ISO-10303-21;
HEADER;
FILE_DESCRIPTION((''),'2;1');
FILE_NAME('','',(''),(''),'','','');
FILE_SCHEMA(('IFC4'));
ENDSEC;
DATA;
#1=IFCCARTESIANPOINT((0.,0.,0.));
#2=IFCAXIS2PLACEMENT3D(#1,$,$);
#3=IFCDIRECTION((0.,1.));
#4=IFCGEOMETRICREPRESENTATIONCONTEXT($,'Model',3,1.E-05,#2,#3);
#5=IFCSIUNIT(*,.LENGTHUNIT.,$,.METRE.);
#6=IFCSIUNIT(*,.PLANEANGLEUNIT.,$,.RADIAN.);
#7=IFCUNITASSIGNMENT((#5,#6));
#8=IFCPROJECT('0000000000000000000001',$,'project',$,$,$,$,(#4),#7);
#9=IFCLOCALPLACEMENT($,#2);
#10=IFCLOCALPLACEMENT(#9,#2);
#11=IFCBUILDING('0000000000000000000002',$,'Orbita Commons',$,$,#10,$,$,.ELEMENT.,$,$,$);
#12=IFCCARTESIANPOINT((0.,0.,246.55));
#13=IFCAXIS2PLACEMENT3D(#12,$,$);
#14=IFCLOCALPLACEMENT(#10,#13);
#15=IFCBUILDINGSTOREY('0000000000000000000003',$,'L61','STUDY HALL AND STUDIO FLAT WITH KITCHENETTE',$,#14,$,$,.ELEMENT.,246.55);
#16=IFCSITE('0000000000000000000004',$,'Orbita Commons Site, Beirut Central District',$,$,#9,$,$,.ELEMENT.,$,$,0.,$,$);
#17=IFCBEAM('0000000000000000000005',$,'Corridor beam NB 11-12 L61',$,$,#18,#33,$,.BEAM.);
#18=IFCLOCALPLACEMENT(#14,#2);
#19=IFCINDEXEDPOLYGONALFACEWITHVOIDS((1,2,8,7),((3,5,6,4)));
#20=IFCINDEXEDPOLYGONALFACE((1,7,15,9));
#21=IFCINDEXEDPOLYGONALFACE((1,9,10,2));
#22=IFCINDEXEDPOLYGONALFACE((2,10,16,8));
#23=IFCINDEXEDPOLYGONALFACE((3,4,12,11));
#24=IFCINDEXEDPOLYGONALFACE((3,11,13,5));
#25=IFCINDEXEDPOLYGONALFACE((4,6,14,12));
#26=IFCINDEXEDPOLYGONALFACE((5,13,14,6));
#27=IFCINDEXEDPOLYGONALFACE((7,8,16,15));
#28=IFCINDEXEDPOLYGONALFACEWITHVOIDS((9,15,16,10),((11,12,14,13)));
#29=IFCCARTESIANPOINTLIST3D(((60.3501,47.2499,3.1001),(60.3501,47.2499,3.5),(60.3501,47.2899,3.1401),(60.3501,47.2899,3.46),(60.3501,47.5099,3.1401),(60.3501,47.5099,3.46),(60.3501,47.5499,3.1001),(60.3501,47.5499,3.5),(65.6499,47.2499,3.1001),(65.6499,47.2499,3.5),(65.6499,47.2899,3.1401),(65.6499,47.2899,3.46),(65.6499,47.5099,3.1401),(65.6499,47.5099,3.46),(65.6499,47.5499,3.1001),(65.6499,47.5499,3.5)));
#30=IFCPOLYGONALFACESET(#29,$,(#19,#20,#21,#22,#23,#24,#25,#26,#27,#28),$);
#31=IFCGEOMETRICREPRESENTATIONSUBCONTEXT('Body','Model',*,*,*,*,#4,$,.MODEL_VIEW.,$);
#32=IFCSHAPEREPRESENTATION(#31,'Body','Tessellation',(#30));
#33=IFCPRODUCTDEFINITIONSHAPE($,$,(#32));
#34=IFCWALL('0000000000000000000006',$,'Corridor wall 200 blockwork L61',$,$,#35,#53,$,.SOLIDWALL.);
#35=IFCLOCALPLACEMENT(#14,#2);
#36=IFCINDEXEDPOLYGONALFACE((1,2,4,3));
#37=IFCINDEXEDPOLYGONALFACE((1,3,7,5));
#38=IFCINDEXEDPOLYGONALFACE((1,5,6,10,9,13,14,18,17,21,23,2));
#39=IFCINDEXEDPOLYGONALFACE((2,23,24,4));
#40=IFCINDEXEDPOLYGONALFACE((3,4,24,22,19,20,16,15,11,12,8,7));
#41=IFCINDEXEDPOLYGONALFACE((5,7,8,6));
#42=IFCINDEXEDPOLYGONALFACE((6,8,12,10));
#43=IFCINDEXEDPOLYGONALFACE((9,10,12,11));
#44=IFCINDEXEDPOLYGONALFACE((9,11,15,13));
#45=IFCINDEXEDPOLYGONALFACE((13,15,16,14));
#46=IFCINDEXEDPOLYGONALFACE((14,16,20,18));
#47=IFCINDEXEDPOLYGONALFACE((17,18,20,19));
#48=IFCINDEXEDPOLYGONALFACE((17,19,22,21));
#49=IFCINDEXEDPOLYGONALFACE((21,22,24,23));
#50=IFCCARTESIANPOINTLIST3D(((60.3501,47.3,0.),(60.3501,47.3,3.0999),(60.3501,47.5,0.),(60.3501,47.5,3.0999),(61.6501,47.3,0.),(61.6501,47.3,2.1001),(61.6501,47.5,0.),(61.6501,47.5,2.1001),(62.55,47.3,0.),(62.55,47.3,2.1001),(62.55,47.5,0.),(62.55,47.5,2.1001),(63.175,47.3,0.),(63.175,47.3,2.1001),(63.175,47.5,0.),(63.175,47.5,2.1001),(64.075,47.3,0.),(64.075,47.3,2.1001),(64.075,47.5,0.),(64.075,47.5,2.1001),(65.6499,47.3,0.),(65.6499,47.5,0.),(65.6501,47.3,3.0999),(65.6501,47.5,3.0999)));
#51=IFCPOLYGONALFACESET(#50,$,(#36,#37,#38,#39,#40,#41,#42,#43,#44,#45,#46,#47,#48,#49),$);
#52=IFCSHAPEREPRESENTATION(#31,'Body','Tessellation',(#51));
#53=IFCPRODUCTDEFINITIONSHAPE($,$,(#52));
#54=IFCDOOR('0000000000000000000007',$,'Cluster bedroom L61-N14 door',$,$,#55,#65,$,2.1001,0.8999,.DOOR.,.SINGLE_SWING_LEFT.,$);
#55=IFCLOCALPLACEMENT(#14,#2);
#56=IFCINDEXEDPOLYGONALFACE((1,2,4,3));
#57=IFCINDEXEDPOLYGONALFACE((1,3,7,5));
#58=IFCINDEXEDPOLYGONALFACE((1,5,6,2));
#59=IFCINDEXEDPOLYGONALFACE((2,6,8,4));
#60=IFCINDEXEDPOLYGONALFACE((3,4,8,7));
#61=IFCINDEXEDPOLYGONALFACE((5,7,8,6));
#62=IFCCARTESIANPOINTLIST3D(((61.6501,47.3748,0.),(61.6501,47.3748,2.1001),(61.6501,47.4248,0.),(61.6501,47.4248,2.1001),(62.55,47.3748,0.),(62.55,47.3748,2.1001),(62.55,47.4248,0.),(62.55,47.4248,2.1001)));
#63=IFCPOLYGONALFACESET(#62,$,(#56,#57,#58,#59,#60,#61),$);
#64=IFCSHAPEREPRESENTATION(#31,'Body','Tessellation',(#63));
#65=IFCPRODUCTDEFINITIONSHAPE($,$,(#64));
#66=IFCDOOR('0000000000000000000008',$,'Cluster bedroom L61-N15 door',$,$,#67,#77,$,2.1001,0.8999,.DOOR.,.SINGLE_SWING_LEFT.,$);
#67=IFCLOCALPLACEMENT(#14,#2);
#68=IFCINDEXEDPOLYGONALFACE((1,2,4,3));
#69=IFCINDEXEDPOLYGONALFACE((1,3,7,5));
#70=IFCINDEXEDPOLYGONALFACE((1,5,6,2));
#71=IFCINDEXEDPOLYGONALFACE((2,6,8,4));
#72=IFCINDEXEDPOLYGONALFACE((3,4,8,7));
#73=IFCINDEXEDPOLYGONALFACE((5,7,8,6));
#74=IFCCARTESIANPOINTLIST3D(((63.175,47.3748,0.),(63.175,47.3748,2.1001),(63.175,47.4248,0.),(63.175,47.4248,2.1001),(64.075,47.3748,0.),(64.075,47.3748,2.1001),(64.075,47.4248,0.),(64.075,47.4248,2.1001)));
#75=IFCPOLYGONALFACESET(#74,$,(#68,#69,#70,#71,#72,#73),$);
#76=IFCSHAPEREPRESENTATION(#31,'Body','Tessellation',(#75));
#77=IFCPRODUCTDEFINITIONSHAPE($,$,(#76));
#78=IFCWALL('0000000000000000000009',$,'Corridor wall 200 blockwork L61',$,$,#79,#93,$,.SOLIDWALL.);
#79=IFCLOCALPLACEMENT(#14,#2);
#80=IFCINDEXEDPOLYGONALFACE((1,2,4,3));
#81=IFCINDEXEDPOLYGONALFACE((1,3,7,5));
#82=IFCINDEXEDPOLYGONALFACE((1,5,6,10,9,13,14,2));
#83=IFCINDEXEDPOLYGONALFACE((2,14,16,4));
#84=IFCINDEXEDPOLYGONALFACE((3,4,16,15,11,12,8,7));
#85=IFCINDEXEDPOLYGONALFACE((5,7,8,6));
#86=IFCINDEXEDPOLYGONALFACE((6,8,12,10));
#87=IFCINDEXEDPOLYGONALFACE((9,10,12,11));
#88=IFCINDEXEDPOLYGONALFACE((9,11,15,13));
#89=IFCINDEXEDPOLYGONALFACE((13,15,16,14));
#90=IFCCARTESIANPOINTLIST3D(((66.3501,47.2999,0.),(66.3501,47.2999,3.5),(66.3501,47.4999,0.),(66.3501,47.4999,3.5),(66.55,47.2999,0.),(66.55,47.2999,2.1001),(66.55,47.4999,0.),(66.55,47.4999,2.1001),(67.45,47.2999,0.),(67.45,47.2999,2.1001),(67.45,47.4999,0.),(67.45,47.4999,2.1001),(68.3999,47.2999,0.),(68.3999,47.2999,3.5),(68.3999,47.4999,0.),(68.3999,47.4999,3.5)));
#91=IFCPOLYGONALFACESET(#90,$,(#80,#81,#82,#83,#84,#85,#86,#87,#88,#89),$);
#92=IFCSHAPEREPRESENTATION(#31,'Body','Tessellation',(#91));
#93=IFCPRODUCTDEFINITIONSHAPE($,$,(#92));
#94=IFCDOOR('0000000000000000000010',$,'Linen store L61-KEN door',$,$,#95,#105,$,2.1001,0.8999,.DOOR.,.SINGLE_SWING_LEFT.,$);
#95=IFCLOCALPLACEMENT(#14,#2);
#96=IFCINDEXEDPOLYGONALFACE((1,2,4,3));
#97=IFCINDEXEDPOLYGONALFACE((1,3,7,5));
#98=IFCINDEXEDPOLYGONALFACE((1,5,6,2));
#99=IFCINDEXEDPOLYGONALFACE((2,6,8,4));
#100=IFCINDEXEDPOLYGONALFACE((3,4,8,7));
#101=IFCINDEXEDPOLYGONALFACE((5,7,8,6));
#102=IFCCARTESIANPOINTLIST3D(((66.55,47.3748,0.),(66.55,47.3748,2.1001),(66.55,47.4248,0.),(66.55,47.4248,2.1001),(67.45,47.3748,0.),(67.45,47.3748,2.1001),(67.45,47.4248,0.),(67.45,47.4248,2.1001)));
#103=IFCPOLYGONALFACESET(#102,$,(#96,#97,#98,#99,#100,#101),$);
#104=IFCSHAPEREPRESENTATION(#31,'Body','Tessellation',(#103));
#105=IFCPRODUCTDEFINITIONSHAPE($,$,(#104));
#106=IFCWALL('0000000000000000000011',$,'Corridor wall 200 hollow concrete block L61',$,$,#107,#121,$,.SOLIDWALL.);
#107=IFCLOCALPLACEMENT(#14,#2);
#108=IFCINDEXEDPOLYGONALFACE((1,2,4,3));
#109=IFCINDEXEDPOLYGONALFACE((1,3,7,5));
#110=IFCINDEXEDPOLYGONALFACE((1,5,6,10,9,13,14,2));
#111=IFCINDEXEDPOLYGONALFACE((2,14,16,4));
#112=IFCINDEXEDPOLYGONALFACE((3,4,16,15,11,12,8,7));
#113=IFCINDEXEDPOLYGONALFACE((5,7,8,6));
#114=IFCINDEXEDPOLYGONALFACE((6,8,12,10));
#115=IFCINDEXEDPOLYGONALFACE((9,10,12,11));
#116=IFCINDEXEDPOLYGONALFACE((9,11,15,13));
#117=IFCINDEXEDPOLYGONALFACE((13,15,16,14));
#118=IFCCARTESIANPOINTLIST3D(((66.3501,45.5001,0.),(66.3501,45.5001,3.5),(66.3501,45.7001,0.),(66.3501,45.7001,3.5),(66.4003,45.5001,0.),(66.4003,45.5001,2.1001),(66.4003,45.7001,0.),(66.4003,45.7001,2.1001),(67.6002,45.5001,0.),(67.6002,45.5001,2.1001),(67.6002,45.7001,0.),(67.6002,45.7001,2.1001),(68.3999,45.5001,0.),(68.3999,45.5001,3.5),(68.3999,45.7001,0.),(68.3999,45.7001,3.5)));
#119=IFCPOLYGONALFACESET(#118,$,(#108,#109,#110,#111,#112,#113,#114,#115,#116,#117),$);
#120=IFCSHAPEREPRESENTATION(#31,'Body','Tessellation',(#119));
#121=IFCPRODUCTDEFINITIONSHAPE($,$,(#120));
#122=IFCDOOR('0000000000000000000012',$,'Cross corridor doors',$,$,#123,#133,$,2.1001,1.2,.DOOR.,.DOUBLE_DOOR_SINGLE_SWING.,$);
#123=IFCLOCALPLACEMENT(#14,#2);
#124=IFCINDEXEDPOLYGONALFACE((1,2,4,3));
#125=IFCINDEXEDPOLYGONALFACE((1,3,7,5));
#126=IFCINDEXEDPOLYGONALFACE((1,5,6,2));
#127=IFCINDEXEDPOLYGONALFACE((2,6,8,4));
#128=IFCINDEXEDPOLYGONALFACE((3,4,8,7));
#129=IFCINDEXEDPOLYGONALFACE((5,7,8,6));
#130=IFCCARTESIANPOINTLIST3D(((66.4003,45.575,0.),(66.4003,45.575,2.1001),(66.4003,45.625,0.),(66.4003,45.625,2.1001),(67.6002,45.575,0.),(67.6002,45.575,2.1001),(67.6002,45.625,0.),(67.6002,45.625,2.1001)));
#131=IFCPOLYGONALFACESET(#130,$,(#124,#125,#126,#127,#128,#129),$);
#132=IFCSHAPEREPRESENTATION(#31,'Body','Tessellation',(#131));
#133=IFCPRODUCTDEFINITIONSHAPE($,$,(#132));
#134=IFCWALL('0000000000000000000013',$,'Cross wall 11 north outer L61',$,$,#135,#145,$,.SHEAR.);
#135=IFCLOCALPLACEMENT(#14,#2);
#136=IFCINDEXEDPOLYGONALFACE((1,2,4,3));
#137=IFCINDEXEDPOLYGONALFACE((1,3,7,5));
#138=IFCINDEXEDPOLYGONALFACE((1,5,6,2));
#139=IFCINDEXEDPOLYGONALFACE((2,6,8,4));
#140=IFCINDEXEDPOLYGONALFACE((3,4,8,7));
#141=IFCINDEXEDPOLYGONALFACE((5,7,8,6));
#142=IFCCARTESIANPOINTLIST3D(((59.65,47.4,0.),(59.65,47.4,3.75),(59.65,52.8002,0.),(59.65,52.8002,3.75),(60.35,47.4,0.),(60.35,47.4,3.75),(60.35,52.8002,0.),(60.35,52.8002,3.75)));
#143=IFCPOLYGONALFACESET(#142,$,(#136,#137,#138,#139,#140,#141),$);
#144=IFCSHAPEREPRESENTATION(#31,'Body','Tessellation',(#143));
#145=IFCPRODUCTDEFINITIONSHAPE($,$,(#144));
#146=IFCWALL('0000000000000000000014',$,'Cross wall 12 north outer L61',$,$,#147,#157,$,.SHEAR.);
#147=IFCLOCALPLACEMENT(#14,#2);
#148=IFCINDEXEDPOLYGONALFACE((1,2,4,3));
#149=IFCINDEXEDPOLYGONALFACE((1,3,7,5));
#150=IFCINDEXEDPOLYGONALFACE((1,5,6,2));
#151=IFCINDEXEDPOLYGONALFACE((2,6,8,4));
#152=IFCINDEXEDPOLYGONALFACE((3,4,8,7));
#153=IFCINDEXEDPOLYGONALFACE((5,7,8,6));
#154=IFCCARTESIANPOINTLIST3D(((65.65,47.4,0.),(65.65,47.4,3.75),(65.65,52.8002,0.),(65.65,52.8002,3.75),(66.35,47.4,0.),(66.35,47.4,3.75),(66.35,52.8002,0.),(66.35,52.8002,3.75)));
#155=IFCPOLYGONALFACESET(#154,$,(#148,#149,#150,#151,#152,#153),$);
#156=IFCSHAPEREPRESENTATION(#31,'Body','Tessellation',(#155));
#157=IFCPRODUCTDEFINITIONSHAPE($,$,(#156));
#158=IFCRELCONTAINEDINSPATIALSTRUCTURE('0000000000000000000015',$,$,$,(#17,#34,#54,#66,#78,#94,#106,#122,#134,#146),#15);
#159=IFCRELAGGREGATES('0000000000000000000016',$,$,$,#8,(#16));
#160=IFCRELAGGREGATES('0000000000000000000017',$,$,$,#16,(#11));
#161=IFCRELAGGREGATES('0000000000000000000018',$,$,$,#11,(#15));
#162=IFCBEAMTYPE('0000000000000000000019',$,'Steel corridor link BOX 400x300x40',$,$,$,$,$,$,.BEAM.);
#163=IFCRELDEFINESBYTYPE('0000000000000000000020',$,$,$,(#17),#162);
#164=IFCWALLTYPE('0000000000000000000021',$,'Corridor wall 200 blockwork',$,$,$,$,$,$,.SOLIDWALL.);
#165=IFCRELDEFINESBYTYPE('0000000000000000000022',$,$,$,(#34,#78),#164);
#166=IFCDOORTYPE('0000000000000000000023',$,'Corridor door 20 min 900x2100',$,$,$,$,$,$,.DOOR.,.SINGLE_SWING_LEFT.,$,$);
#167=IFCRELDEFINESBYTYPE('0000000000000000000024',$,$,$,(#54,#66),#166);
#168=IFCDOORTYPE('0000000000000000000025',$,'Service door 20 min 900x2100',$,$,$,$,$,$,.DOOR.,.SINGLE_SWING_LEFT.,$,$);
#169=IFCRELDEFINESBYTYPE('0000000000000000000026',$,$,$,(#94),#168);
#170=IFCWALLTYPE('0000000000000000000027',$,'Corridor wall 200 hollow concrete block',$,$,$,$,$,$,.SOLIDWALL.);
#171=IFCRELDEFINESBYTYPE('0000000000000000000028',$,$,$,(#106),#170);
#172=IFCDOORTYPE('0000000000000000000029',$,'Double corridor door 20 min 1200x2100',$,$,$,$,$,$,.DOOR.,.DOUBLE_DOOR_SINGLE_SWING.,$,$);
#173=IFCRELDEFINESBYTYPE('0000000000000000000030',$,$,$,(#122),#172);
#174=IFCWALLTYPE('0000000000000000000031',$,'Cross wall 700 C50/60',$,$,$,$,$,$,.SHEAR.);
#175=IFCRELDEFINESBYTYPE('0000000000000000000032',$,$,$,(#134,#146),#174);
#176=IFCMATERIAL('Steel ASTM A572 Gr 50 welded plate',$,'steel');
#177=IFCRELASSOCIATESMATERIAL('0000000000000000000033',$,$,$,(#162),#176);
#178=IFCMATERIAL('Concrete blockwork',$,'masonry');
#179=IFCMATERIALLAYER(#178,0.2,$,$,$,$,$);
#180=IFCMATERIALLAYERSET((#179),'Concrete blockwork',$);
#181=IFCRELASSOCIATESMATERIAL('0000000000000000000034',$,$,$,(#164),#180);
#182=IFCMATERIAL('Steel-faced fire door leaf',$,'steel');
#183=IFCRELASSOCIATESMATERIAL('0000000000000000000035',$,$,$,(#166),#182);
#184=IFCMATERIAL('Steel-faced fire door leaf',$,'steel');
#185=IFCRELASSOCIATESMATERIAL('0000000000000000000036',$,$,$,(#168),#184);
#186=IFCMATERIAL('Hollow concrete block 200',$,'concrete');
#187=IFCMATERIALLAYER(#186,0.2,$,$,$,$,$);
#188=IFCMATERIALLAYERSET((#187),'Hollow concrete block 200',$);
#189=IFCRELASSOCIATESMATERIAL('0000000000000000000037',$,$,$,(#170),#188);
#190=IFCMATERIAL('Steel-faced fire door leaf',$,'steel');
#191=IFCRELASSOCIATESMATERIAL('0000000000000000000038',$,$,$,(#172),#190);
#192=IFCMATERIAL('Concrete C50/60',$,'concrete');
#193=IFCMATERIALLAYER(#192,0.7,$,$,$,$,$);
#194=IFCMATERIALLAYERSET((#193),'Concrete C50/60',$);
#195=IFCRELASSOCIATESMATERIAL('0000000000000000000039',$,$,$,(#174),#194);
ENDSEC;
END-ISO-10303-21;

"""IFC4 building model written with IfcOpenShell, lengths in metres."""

from ifc_helpers import new_model, si_unit, direction, frame, frame_2d, origin, origin_2d, place, context, subcontext, project, spatial, polyline, rectangle, hollow_rectangle, outline, extrude, material, layer, layer_set, material_profile, profile_set, type_object, element, fill, save


model = new_model("IFC4")

# Units and contexts
model_context = context("Model", 3, precision=1e-05, world=origin(), true_north=direction((0.0, 1.0)))
body_context = subcontext(model_context, "Body", "Model", "MODEL_VIEW")
ifc_project = project(units=[si_unit("LENGTHUNIT", "METRE"), si_unit("PLANEANGLEUNIT", "RADIAN")], contexts=[model_context])

# Site, building, storey
site_placement = place(None, origin())
site = spatial("IfcSite", under=ifc_project, at=site_placement, Name="Orbita Commons Site, Beirut Central District", CompositionType="ELEMENT", RefElevation=0.0)
building_placement = place(site_placement, origin())
building = spatial("IfcBuilding", under=site, at=building_placement, Name="Orbita Commons", CompositionType="ELEMENT")
storey_placement = place(building_placement, frame((0.0, 0.0, 246.55)))
storey = spatial("IfcBuildingStorey", under=building, at=storey_placement, Name="L61", Description="STUDY HALL AND STUDIO FLAT WITH KITCHENETTE", CompositionType="ELEMENT", Elevation=246.55)

# Beam
ifc_material_1 = material(Name="Steel ASTM A572 Gr 50 welded plate", Category="steel")
ifc_material_profile = material_profile(ifc_material_1, hollow_rectangle(XDim=0.3, YDim=0.3999, WallThickness=0.04, at=origin_2d()), Name="BOX 400x300x40")
ifc_profile_set = profile_set([ifc_material_profile], Name="Steel ASTM A572 Gr 50 welded plate")
beam_type = type_object("IfcBeamType", Name="Steel corridor link BOX 400x300x40", PredefinedType="BEAM", material=ifc_profile_set)
beam_placement = place(storey_placement, frame((60.3501, 47.3999, 3.3), z_axis=(1.0, 0.0, 0.0), x_axis=(0.0, 1.0, 0.0)))
element("IfcBeam", 1, at=beam_placement, inside=storey, type_object=beam_type, Name="Corridor beam NB 11-12 L61", PredefinedType="BEAM", context=body_context, shape_type="SweptSolid", body=[
    extrude(hollow_rectangle(XDim=0.3, YDim=0.3999, WallThickness=0.04, at=origin_2d()), origin(), (0.0, 0.0, 1.0), 5.2998),
])

# Wall, openings, doors
ifc_material_2 = material(Name="Concrete blockwork", Category="masonry")
ifc_layer_1 = layer(ifc_material_2, 0.2)
ifc_layer_set_1 = layer_set([ifc_layer_1], Name="Concrete blockwork")
wall_type_1 = type_object("IfcWallType", Name="Corridor wall 200 blockwork", PredefinedType="SOLIDWALL", material=ifc_layer_set_1)
wall_1_placement = place(storey_placement, frame((60.3501, 47.3999, 0.0), z_axis=(0.0, 0.0, 1.0), x_axis=(1.0, 0.0, 0.0)))
wall_1 = element("IfcWall", 2, at=wall_1_placement, inside=storey, type_object=wall_type_1, Name="Corridor wall 200 blockwork L61", PredefinedType="SOLIDWALL", context=body_context, shape_type="SweptSolid", body=[
    extrude(outline(polyline([(0.0, 0.0), (5.2998, 0.0), (5.3, 3.0999), (0.0, 3.0999), (0.0, 0.0)])), frame((0.0, 0.1001, 0.0), z_axis=(0.0, -1.0, 0.0), x_axis=(1.0, 0.0, 0.0)), (0.0, 0.0, 1.0), 0.2),
])
opening_1_placement = place(wall_1_placement, frame((1.3, 0.0, 0.0)))
opening_1 = element("IfcOpeningElement", 3, at=opening_1_placement, cuts=wall_1, PredefinedType="OPENING", context=body_context, shape_type="SweptSolid", body=[
    extrude(rectangle(XDim=0.8999, YDim=2.1001, at=frame_2d((0.45, 1.05))), frame((0.0, 0.1099, 0.0), z_axis=(0.0, -1.0, 0.0), x_axis=(1.0, 0.0, 0.0)), (0.0, 0.0, 1.0), 0.22),
])
opening_2_placement = place(wall_1_placement, frame((2.825, 0.0, 0.0)))
opening_2 = element("IfcOpeningElement", 4, at=opening_2_placement, cuts=wall_1, PredefinedType="OPENING", context=body_context, shape_type="SweptSolid", body=[
    extrude(rectangle(XDim=0.8999, YDim=2.1001, at=frame_2d((0.45, 1.05))), frame((0.0, 0.1099, 0.0), z_axis=(0.0, -1.0, 0.0), x_axis=(1.0, 0.0, 0.0)), (0.0, 0.0, 1.0), 0.22),
])
ifc_material_3 = material(Name="Steel-faced fire door leaf", Category="steel")
door_type_1 = type_object("IfcDoorType", Name="Corridor door 20 min 900x2100", OperationType="SINGLE_SWING_LEFT", PredefinedType="DOOR", material=ifc_material_3)
door_1_placement = place(opening_1_placement, origin())
door_1 = element("IfcDoor", 5, at=door_1_placement, inside=storey, type_object=door_type_1, Name="Cluster bedroom L61-N14 door", OperationType="SINGLE_SWING_LEFT", OverallHeight=2.1001, OverallWidth=0.8999, PredefinedType="DOOR", context=body_context, shape_type="SweptSolid", body=[
    extrude(rectangle(XDim=0.8999, YDim=2.1001, at=frame_2d((0.45, 1.05))), frame((0.0, 0.0249, 0.0), z_axis=(0.0, -1.0, 0.0), x_axis=(1.0, 0.0, 0.0)), (0.0, 0.0, 1.0), 0.05),
])
fill(opening_1, door_1)
door_2_placement = place(opening_2_placement, origin())
door_2 = element("IfcDoor", 6, at=door_2_placement, inside=storey, type_object=door_type_1, Name="Cluster bedroom L61-N15 door", OperationType="SINGLE_SWING_LEFT", OverallHeight=2.1001, OverallWidth=0.8999, PredefinedType="DOOR", context=body_context, shape_type="SweptSolid", body=[
    extrude(rectangle(XDim=0.8999, YDim=2.1001, at=frame_2d((0.45, 1.05))), frame((0.0, 0.0249, 0.0), z_axis=(0.0, -1.0, 0.0), x_axis=(1.0, 0.0, 0.0)), (0.0, 0.0, 1.0), 0.05),
])
fill(opening_2, door_2)

# Walls, openings, doors
wall_2_placement = place(storey_placement, frame((66.3501, 47.3999, 0.0), z_axis=(0.0, 0.0, 1.0), x_axis=(1.0, 0.0, 0.0)))
wall_2 = element("IfcWall", 7, at=wall_2_placement, inside=storey, type_object=wall_type_1, Name="Corridor wall 200 blockwork L61", PredefinedType="SOLIDWALL", context=body_context, shape_type="SweptSolid", body=[
    extrude(rectangle(XDim=2.0498, YDim=0.2, at=frame_2d((1.0249, 0.0))), origin(), (0.0, 0.0, 1.0), 3.5),
])
opening_3_placement = place(wall_2_placement, frame((0.2, 0.0, 0.0)))
opening_3 = element("IfcOpeningElement", 8, at=opening_3_placement, cuts=wall_2, PredefinedType="OPENING", context=body_context, shape_type="SweptSolid", body=[
    extrude(rectangle(XDim=0.8999, YDim=2.1001, at=frame_2d((0.45, 1.05))), frame((0.0, 0.1099, 0.0), z_axis=(0.0, -1.0, 0.0), x_axis=(1.0, 0.0, 0.0)), (0.0, 0.0, 1.0), 0.22),
])
ifc_material_4 = material(Name="Steel-faced fire door leaf", Category="steel")
door_type_2 = type_object("IfcDoorType", Name="Service door 20 min 900x2100", OperationType="SINGLE_SWING_LEFT", PredefinedType="DOOR", material=ifc_material_4)
door_3_placement = place(opening_3_placement, origin())
door_3 = element("IfcDoor", 9, at=door_3_placement, inside=storey, type_object=door_type_2, Name="Linen store L61-KEN door", OperationType="SINGLE_SWING_LEFT", OverallHeight=2.1001, OverallWidth=0.8999, PredefinedType="DOOR", context=body_context, shape_type="SweptSolid", body=[
    extrude(rectangle(XDim=0.8999, YDim=2.1001, at=frame_2d((0.45, 1.05))), frame((0.0, 0.0249, 0.0), z_axis=(0.0, -1.0, 0.0), x_axis=(1.0, 0.0, 0.0)), (0.0, 0.0, 1.0), 0.05),
])
fill(opening_3, door_3)
ifc_material_5 = material(Name="Hollow concrete block 200", Category="concrete")
ifc_layer_2 = layer(ifc_material_5, 0.2)
ifc_layer_set_2 = layer_set([ifc_layer_2], Name="Hollow concrete block 200")
wall_type_2 = type_object("IfcWallType", Name="Corridor wall 200 hollow concrete block", PredefinedType="SOLIDWALL", material=ifc_layer_set_2)
wall_3_placement = place(storey_placement, frame((66.3501, 45.6001, 0.0), z_axis=(0.0, 0.0, 1.0), x_axis=(1.0, 0.0, 0.0)))
wall_3 = element("IfcWall", 10, at=wall_3_placement, inside=storey, type_object=wall_type_2, Name="Corridor wall 200 hollow concrete block L61", PredefinedType="SOLIDWALL", context=body_context, shape_type="SweptSolid", body=[
    extrude(rectangle(XDim=2.0498, YDim=0.2, at=frame_2d((1.0249, 0.0))), origin(), (0.0, 0.0, 1.0), 3.5),
])
opening_4_placement = place(wall_3_placement, frame((0.05, 0.0, 0.0)))
opening_4 = element("IfcOpeningElement", 11, at=opening_4_placement, cuts=wall_3, PredefinedType="OPENING", context=body_context, shape_type="SweptSolid", body=[
    extrude(rectangle(XDim=1.2, YDim=2.1001, at=frame_2d((0.6001, 1.05))), frame((0.0, 0.1099, 0.0), z_axis=(0.0, -1.0, 0.0), x_axis=(1.0, 0.0, 0.0)), (0.0, 0.0, 1.0), 0.22),
])
ifc_material_6 = material(Name="Steel-faced fire door leaf", Category="steel")
door_type_3 = type_object("IfcDoorType", Name="Double corridor door 20 min 1200x2100", OperationType="DOUBLE_DOOR_SINGLE_SWING", PredefinedType="DOOR", material=ifc_material_6)
door_4_placement = place(opening_4_placement, origin())
door_4 = element("IfcDoor", 12, at=door_4_placement, inside=storey, type_object=door_type_3, Name="Cross corridor doors", OperationType="DOUBLE_DOOR_SINGLE_SWING", OverallHeight=2.1001, OverallWidth=1.2, PredefinedType="DOOR", context=body_context, shape_type="SweptSolid", body=[
    extrude(rectangle(XDim=1.2, YDim=2.1001, at=frame_2d((0.6001, 1.05))), frame((0.0, 0.0249, 0.0), z_axis=(0.0, -1.0, 0.0), x_axis=(1.0, 0.0, 0.0)), (0.0, 0.0, 1.0), 0.05),
])
fill(opening_4, door_4)

# Walls
ifc_material_7 = material(Name="Concrete C50/60", Category="concrete")
ifc_layer_3 = layer(ifc_material_7, 0.7)
ifc_layer_set_3 = layer_set([ifc_layer_3], Name="Concrete C50/60")
wall_type_3 = type_object("IfcWallType", Name="Cross wall 700 C50/60", PredefinedType="SHEAR", material=ifc_layer_set_3)
for number, where, z_axis, x_axis, name in (
    (13, (60.0, 47.3999, 0.0), (0.0, 0.0, 1.0), (0.0, 1.0, 0.0), "Cross wall 11 north outer L61"),
    (14, (66.0, 47.3999, 0.0), (0.0, 0.0, 1.0), (0.0, 1.0, 0.0), "Cross wall 12 north outer L61"),
):
    element("IfcWall", number, at=place(storey_placement, frame(where, z_axis=z_axis, x_axis=x_axis)), inside=storey, type_object=wall_type_3, Name=name, PredefinedType="SHEAR", context=body_context, shape_type="SweptSolid", body=[
        extrude(rectangle(XDim=5.4001, YDim=0.7, at=frame_2d((2.7002, 0.0))), origin(), (0.0, 0.0, 1.0), 3.75),
    ])

save(model, "model.ifc")
